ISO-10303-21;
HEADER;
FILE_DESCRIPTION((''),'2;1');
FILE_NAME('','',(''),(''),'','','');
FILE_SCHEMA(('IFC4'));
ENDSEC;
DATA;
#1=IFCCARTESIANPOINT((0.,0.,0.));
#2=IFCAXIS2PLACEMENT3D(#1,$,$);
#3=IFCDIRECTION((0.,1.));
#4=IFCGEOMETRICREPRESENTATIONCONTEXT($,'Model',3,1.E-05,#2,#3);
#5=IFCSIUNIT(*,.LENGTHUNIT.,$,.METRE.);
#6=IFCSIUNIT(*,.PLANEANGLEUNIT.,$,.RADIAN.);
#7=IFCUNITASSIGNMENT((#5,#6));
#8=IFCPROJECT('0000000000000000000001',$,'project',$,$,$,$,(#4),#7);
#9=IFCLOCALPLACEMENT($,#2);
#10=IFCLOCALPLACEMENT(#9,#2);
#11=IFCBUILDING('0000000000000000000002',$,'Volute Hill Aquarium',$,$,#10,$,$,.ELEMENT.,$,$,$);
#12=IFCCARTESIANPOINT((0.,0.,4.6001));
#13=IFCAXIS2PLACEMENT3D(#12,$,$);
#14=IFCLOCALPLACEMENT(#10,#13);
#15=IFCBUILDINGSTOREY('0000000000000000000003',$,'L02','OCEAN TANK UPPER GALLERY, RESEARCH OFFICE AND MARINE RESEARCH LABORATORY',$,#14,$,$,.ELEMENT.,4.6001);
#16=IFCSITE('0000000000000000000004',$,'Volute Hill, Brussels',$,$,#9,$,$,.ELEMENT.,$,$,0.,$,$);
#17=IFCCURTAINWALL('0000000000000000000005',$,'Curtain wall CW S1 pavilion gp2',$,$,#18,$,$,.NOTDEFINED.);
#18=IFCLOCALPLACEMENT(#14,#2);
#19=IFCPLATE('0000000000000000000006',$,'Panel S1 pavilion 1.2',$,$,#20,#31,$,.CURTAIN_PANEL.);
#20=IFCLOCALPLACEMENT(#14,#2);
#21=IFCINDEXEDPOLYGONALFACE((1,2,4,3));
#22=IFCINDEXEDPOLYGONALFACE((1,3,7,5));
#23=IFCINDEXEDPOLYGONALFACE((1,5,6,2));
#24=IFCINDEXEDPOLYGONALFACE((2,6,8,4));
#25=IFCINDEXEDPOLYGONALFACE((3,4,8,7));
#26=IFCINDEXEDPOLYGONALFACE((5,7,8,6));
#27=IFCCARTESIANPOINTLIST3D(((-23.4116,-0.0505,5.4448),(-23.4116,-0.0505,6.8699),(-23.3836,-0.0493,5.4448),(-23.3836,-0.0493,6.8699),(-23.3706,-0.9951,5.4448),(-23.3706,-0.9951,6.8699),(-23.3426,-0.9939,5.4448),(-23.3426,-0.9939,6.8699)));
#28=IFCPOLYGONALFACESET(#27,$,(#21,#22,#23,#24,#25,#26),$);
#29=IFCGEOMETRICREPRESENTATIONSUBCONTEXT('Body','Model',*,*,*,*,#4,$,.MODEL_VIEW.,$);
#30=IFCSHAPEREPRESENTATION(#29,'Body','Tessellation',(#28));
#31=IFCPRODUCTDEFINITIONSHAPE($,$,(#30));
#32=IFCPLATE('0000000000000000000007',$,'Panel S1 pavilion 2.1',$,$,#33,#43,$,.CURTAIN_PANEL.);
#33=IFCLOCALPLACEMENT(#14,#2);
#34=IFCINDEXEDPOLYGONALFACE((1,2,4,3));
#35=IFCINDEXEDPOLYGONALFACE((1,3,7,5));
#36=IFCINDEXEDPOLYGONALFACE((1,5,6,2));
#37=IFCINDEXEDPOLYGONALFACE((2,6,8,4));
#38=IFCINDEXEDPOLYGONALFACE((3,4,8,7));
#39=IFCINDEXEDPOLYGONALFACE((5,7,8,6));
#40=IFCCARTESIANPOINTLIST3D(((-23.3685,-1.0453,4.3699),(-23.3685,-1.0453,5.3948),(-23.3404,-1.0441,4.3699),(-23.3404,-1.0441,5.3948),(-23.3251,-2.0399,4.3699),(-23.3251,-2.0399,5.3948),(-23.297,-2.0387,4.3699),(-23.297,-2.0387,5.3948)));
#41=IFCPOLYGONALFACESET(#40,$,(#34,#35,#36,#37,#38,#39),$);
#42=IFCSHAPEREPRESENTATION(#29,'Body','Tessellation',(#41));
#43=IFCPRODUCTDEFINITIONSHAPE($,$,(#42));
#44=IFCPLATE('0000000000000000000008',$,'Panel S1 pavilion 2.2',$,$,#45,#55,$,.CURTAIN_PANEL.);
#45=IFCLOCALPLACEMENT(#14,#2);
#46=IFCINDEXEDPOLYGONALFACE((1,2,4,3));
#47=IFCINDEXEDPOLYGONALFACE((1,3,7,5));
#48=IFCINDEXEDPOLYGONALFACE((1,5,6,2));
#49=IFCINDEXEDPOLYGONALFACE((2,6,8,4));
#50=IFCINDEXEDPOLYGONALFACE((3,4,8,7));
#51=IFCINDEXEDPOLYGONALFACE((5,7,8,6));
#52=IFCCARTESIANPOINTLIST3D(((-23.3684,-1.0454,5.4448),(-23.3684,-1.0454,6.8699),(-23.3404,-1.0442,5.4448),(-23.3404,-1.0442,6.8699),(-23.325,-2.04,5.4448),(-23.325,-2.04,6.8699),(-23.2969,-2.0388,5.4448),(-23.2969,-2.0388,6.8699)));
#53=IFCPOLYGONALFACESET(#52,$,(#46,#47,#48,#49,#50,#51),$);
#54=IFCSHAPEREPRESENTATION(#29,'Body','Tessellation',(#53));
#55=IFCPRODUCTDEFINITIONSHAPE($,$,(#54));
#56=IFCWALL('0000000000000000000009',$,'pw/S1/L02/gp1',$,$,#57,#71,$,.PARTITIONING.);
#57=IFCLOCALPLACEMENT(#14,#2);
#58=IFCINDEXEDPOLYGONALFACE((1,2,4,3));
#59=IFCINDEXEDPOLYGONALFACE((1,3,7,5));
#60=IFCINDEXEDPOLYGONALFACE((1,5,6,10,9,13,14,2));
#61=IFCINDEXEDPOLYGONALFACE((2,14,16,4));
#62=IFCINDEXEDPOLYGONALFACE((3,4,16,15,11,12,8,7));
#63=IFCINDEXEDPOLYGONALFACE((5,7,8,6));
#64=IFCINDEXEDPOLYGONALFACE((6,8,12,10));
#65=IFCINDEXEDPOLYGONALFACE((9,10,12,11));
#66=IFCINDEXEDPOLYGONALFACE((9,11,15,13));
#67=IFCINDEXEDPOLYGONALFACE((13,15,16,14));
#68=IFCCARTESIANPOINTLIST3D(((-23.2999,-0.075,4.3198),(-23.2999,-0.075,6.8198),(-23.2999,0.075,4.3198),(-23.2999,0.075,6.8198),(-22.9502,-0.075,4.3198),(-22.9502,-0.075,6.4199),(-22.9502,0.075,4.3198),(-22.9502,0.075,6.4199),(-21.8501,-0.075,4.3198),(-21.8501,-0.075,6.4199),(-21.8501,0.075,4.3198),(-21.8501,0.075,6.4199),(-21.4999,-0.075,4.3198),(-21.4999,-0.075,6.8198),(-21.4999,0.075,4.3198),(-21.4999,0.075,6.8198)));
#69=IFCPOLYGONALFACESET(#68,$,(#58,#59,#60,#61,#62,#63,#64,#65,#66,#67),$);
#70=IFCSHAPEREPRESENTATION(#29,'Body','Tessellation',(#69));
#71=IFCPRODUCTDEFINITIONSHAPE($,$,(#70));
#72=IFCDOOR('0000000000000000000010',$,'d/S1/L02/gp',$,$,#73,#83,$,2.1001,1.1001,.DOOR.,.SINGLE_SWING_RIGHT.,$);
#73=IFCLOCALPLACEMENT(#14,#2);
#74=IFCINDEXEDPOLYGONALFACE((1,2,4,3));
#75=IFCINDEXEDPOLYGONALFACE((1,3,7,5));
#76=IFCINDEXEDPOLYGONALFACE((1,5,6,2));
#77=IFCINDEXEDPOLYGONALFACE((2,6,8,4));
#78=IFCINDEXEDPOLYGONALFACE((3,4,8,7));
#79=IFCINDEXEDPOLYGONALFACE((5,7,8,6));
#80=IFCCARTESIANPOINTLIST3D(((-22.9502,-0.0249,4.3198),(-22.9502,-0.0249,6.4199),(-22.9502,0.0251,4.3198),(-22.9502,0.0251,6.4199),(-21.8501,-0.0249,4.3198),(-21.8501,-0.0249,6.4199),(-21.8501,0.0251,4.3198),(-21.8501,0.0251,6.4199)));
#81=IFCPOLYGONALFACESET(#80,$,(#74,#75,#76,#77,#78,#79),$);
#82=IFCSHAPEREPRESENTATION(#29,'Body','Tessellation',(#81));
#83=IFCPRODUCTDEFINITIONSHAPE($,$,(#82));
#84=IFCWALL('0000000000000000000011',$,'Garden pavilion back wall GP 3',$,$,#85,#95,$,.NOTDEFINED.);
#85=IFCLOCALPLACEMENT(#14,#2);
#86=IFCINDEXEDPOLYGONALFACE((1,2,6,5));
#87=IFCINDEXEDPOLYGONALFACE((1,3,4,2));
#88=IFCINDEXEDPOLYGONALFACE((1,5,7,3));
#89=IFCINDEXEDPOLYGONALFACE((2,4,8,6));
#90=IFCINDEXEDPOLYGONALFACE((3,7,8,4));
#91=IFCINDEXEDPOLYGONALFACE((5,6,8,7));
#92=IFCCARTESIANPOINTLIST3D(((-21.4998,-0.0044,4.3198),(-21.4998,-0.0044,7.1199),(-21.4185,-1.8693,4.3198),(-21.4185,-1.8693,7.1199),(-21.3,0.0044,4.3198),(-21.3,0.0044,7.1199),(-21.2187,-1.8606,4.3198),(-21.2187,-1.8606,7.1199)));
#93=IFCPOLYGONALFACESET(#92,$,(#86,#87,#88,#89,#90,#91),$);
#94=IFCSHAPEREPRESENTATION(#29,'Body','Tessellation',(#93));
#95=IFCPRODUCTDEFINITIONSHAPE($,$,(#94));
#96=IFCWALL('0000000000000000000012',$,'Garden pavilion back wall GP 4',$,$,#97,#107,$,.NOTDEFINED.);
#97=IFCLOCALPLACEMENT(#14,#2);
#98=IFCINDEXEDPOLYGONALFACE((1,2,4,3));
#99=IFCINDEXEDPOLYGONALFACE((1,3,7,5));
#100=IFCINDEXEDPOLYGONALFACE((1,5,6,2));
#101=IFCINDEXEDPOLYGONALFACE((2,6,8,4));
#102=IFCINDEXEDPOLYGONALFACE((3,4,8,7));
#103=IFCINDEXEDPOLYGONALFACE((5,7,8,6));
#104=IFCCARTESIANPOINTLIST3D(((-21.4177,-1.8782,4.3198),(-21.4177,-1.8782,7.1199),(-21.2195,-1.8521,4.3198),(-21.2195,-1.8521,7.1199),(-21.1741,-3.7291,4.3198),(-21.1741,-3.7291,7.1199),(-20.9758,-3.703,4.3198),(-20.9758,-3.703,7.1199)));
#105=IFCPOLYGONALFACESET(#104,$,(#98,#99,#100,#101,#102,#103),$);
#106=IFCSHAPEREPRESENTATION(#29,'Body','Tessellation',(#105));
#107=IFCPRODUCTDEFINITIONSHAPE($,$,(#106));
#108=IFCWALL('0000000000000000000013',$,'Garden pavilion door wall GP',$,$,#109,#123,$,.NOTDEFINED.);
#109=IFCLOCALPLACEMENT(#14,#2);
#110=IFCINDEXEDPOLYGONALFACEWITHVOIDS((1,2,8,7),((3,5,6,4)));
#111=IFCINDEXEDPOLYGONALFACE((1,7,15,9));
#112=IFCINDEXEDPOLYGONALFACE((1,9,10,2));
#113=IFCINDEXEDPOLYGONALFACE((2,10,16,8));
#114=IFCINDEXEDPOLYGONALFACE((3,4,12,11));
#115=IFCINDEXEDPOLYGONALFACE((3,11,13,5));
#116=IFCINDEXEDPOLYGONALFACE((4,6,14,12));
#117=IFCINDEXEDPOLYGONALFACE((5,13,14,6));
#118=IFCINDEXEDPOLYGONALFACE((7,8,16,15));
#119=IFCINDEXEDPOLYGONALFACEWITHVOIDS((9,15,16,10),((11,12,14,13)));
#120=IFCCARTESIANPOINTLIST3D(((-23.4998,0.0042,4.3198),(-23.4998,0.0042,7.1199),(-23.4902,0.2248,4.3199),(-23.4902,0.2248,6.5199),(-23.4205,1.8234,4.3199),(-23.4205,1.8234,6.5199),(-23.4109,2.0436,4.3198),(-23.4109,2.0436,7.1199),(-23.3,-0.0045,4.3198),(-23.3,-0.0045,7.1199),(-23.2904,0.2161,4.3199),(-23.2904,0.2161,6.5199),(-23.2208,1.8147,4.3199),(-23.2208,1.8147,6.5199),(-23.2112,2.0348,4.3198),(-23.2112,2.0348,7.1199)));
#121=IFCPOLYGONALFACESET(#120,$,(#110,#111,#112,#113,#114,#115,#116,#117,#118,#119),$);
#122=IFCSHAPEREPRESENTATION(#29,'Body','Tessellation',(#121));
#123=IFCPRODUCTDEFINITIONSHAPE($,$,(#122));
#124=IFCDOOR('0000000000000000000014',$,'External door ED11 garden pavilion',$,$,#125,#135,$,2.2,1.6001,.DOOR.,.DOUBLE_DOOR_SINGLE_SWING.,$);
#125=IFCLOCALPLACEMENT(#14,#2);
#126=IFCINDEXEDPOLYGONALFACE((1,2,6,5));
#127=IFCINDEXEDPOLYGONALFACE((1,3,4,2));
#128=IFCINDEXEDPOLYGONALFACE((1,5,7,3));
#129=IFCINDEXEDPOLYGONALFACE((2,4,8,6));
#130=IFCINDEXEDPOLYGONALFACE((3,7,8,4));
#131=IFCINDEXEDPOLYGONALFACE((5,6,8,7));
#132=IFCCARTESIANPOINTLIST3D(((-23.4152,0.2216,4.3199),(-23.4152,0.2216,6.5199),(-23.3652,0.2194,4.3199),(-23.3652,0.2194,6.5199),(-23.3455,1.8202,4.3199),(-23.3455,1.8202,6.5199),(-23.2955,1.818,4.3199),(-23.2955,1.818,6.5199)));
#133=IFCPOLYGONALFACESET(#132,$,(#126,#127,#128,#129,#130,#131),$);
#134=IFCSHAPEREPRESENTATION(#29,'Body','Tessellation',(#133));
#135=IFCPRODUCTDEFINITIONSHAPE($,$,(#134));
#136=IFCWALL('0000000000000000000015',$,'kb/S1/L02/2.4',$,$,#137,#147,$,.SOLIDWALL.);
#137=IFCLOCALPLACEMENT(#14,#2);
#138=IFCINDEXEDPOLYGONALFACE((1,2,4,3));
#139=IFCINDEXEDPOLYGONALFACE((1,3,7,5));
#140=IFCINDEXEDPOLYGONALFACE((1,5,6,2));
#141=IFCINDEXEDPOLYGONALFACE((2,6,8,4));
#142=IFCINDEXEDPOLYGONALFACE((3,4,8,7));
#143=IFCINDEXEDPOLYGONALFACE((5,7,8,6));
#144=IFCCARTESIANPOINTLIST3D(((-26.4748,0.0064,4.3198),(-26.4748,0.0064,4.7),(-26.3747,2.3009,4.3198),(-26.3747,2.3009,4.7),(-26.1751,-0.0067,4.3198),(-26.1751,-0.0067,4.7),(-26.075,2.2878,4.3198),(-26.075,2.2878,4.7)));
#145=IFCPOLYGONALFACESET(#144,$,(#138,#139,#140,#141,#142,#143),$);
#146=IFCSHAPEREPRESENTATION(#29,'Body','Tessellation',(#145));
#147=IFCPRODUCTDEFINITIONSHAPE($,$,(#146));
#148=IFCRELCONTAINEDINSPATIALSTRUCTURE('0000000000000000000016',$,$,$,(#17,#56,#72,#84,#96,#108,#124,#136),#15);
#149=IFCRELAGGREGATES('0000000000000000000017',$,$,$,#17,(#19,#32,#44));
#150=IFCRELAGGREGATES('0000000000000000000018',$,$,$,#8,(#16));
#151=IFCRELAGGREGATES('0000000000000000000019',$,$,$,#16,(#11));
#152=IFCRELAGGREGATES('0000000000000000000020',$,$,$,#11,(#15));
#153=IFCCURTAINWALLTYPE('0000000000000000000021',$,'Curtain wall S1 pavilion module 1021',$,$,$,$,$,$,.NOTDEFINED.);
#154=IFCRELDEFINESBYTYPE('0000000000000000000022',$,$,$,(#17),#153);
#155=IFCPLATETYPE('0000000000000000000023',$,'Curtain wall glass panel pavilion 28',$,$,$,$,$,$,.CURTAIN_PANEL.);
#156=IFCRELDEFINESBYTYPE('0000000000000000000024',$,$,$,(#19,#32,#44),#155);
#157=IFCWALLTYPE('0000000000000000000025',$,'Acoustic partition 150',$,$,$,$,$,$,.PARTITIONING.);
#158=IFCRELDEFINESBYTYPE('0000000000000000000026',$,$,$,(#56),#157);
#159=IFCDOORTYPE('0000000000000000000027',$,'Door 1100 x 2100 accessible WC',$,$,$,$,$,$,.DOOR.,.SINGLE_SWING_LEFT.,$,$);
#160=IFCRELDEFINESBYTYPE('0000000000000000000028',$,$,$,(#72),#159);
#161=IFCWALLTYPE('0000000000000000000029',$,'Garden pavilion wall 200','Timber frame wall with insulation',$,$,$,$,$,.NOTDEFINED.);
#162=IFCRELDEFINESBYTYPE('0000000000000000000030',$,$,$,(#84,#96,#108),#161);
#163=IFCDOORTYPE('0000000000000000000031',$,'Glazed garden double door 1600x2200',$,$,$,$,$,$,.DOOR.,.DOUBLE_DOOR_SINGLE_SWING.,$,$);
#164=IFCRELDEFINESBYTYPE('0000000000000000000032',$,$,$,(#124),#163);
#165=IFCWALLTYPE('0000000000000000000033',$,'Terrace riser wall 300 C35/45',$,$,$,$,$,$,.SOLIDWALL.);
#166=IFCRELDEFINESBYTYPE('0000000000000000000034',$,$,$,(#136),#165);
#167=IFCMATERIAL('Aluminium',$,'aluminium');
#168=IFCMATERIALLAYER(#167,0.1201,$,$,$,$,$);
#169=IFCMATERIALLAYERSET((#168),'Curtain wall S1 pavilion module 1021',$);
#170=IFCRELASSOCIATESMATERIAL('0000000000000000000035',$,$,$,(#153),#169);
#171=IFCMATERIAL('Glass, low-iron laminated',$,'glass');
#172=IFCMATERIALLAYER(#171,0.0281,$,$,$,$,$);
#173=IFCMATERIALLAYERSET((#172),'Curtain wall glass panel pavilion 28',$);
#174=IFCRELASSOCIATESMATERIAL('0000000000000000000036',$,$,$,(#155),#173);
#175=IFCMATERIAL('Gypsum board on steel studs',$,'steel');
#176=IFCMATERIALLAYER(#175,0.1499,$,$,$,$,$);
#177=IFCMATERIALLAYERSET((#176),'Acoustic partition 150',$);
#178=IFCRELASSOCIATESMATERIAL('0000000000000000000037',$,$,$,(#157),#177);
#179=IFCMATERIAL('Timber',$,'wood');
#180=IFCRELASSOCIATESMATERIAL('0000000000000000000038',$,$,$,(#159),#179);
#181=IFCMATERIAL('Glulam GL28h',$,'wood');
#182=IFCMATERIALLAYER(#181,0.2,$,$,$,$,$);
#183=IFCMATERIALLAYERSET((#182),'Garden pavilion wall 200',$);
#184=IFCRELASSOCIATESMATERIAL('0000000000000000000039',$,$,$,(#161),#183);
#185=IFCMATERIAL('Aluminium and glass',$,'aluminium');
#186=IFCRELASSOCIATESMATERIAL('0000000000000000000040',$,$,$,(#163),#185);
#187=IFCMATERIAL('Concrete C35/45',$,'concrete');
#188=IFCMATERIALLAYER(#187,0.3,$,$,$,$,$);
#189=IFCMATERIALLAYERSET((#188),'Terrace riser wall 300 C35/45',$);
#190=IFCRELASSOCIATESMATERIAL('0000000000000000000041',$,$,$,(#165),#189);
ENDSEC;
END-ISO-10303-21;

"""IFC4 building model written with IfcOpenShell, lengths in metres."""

from ifc_helpers import new_model, si_unit, direction, frame, frame_2d, origin, origin_2d, place, context, subcontext, project, spatial, polyline, rectangle, outline, extrude, material, layer, layer_set, type_object, element, fill, aggregate, save


model = new_model("IFC4")

# Units and contexts
model_context = context("Model", 3, precision=1e-05, world=origin(), true_north=direction((0.0, 1.0)))
body_context = subcontext(model_context, "Body", "Model", "MODEL_VIEW")
ifc_project = project(units=[si_unit("LENGTHUNIT", "METRE"), si_unit("PLANEANGLEUNIT", "RADIAN")], contexts=[model_context])

# Site, building, storey
site_placement = place(None, origin())
site = spatial("IfcSite", under=ifc_project, at=site_placement, Name="Volute Hill, Brussels", CompositionType="ELEMENT", RefElevation=0.0)
building_placement = place(site_placement, origin())
building = spatial("IfcBuilding", under=site, at=building_placement, Name="Volute Hill Aquarium", CompositionType="ELEMENT")
storey_placement = place(building_placement, frame((0.0, 0.0, 4.6001)))
storey = spatial("IfcBuildingStorey", under=building, at=storey_placement, Name="L02", Description="OCEAN TANK UPPER GALLERY, RESEARCH OFFICE AND MARINE RESEARCH LABORATORY", CompositionType="ELEMENT", Elevation=4.6001)

# Curtain wall
ifc_material_1 = material(Name="Aluminium", Category="aluminium")
ifc_layer_1 = layer(ifc_material_1, 0.1201)
ifc_layer_set_1 = layer_set([ifc_layer_1], Name="Curtain wall S1 pavilion module 1021")
curtain_wall_type = type_object("IfcCurtainWallType", Name="Curtain wall S1 pavilion module 1021", PredefinedType="NOTDEFINED", material=ifc_layer_set_1)
curtain_wall_1_placement = place(storey_placement, origin())
curtain_wall_1 = element("IfcCurtainWall", 1, at=curtain_wall_1_placement, inside=storey, type_object=curtain_wall_type, Name="Curtain wall CW S1 pavilion gp2", PredefinedType="NOTDEFINED")

# Shared definitions
ifc_material_2 = material(Name="Glass, low-iron laminated", Category="glass")
ifc_layer_2 = layer(ifc_material_2, 0.0281)
ifc_layer_set_2 = layer_set([ifc_layer_2], Name="Curtain wall glass panel pavilion 28")
plate_type = type_object("IfcPlateType", Name="Curtain wall glass panel pavilion 28", PredefinedType="CURTAIN_PANEL", material=ifc_layer_set_2)

# Plates
plate_1_placement = place(storey_placement, frame((-23.4116, -0.0505, 5.4448), z_axis=(-0.999059, -0.043381, 0.0), x_axis=(0.043381, -0.999059, 0.0)))
plate_1 = element("IfcPlate", 2, at=plate_1_placement, type_object=plate_type, Name="Panel S1 pavilion 1.2", PredefinedType="CURTAIN_PANEL", context=body_context, shape_type="SweptSolid", body=[
    extrude(outline(polyline([(0.0, 0.0), (0.9455, 0.0), (0.9455, 1.425), (0.0, 1.425), (0.0, 0.0)])), origin(), (0.0, 0.0, -1.0), 0.0281),
])
plate_2_placement = place(storey_placement, frame((-23.3328, -1.542, 4.3699), z_axis=(0.0, 0.0, 1.0), x_axis=(0.043599, -0.999049, 0.0)))
plate_2 = element("IfcPlate", 3, at=plate_2_placement, type_object=plate_type, Name="Panel S1 pavilion 2.1", PredefinedType="CURTAIN_PANEL", context=body_context, shape_type="SweptSolid", body=[
    extrude(rectangle(XDim=0.9956, YDim=0.0281, at=origin_2d()), origin(), (0.0, 0.0, 1.0), 1.0249),
])
plate_3_placement = place(storey_placement, frame((-23.3684, -1.0454, 5.4448), z_axis=(-0.999047, -0.04365, 0.0), x_axis=(0.04365, -0.999047, 0.0)))
plate_3 = element("IfcPlate", 4, at=plate_3_placement, type_object=plate_type, Name="Panel S1 pavilion 2.2", PredefinedType="CURTAIN_PANEL", context=body_context, shape_type="SweptSolid", body=[
    extrude(outline(polyline([(0.0, 0.0), (0.9956, 0.0), (0.9956, 1.425), (0.0, 1.425), (0.0, 0.0)])), origin(), (0.0, 0.0, -1.0), 0.0281),
])
aggregate(curtain_wall_1, [plate_1, plate_2, plate_3])

# Wall, opening, door
ifc_material_3 = material(Name="Gypsum board on steel studs", Category="steel")
ifc_layer_3 = layer(ifc_material_3, 0.1499)
ifc_layer_set_3 = layer_set([ifc_layer_3], Name="Acoustic partition 150")
wall_type_1 = type_object("IfcWallType", Name="Acoustic partition 150", PredefinedType="PARTITIONING", material=ifc_layer_set_3)
wall_1_placement = place(storey_placement, frame((-21.5, 0.0, 4.3198), z_axis=(0.0, 0.0, 1.0), x_axis=(-1.0, 0.0, 0.0)))
wall_1 = element("IfcWall", 5, at=wall_1_placement, inside=storey, type_object=wall_type_1, Name="pw/S1/L02/gp1", PredefinedType="PARTITIONING", context=body_context, shape_type="SweptSolid", body=[
    extrude(rectangle(XDim=1.8, YDim=0.1499, at=frame_2d((0.8999, 0.0))), origin(), (0.0, 0.0, 1.0), 2.5),
])
opening_1_placement = place(wall_1_placement, frame((0.3501, 0.0, 0.0)))
opening_1 = element("IfcOpeningElement", 6, at=opening_1_placement, cuts=wall_1, PredefinedType="OPENING", context=body_context, shape_type="SweptSolid", body=[
    extrude(rectangle(XDim=1.1001, YDim=2.1001, at=frame_2d((0.55, 1.05))), frame((0.0, 0.085, 0.0), z_axis=(0.0, -1.0, 0.0), x_axis=(1.0, 0.0, 0.0)), (0.0, 0.0, 1.0), 0.1699),
])
ifc_material_4 = material(Name="Timber", Category="wood")
door_type_1 = type_object("IfcDoorType", Name="Door 1100 x 2100 accessible WC", OperationType="SINGLE_SWING_LEFT", PredefinedType="DOOR", material=ifc_material_4)
door_1_placement = place(opening_1_placement, origin())
door_1 = element("IfcDoor", 7, at=door_1_placement, inside=storey, type_object=door_type_1, Name="d/S1/L02/gp", OperationType="SINGLE_SWING_RIGHT", OverallHeight=2.1001, OverallWidth=1.1001, PredefinedType="DOOR", context=body_context, shape_type="SweptSolid", body=[
    extrude(rectangle(XDim=1.1001, YDim=2.1001, at=frame_2d((0.55, 1.05))), frame((0.0, 0.0249, 0.0), z_axis=(0.0, -1.0, 0.0), x_axis=(1.0, 0.0, 0.0)), (0.0, 0.0, 1.0), 0.05),
])
fill(opening_1, door_1)

# Walls
ifc_material_5 = material(Name="Glulam GL28h", Category="wood")
ifc_layer_4 = layer(ifc_material_5, 0.2)
ifc_layer_set_4 = layer_set([ifc_layer_4], Name="Garden pavilion wall 200")
wall_type_2 = type_object("IfcWallType", Name="Garden pavilion wall 200", Description="Timber frame wall with insulation", PredefinedType="NOTDEFINED", material=ifc_layer_set_4)
wall_2_placement = place(storey_placement, frame((-21.3999, 0.0, 4.3198), z_axis=(0.0, 0.0, 1.0), x_axis=(0.043551, -0.999051, 0.0)))
element("IfcWall", 8, at=wall_2_placement, inside=storey, type_object=wall_type_2, Name="Garden pavilion back wall GP 3", PredefinedType="NOTDEFINED", context=body_context, shape_type="SweptSolid", body=[
    extrude(rectangle(XDim=1.8667, YDim=0.2, at=frame_2d((0.9333, 0.0))), origin(), (0.0, 0.0, 1.0), 2.8),
])
wall_3_placement = place(storey_placement, frame((-21.3186, -1.865, 4.3198), z_axis=(0.0, 0.0, 1.0), x_axis=(0.130502, -0.991448, 0.0)))
element("IfcWall", 9, at=wall_3_placement, inside=storey, type_object=wall_type_2, Name="Garden pavilion back wall GP 4", PredefinedType="NOTDEFINED", context=body_context, shape_type="SweptSolid", body=[
    extrude(rectangle(XDim=1.8669, YDim=0.2, at=frame_2d((0.9336, 0.0))), origin(), (0.0, 0.0, 1.0), 2.8),
])

# Wall, opening, door
wall_4_placement = place(storey_placement, frame((-23.3999, 0.0, 4.3198), z_axis=(0.0, 0.0, 1.0), x_axis=(0.043536, 0.999052, 0.0)))
wall_4 = element("IfcWall", 10, at=wall_4_placement, inside=storey, type_object=wall_type_2, Name="Garden pavilion door wall GP", PredefinedType="NOTDEFINED", context=body_context, shape_type="SweptSolid", body=[
    extrude(rectangle(XDim=2.0413, YDim=0.2, at=frame_2d((1.0205, 0.0))), origin(), (0.0, 0.0, 1.0), 2.8),
])
opening_2_placement = place(wall_4_placement, frame((0.2207, 0.0, 0.0)))
opening_2 = element("IfcOpeningElement", 11, at=opening_2_placement, cuts=wall_4, PredefinedType="OPENING", context=body_context, shape_type="SweptSolid", body=[
    extrude(rectangle(XDim=1.6001, YDim=2.2, at=frame_2d((0.8, 1.1001))), frame((0.0, 0.1099, 0.0), z_axis=(0.0, -1.0, 0.0), x_axis=(1.0, 0.0, 0.0)), (0.0, 0.0, 1.0), 0.22),
])
ifc_material_6 = material(Name="Aluminium and glass", Category="aluminium")
door_type_2 = type_object("IfcDoorType", Name="Glazed garden double door 1600x2200", OperationType="DOUBLE_DOOR_SINGLE_SWING", PredefinedType="DOOR", material=ifc_material_6)
door_2_placement = place(opening_2_placement, origin())
door_2 = element("IfcDoor", 12, at=door_2_placement, inside=storey, type_object=door_type_2, Name="External door ED11 garden pavilion", OperationType="DOUBLE_DOOR_SINGLE_SWING", OverallHeight=2.2, OverallWidth=1.6001, PredefinedType="DOOR", context=body_context, shape_type="SweptSolid", body=[
    extrude(rectangle(XDim=1.6001, YDim=2.2, at=frame_2d((0.8, 1.1001))), frame((0.0, 0.0249, 0.0), z_axis=(0.0, -1.0, 0.0), x_axis=(1.0, 0.0, 0.0)), (0.0, 0.0, 1.0), 0.05),
])
fill(opening_2, door_2)

# Wall
ifc_material_7 = material(Name="Concrete C35/45", Category="concrete")
ifc_layer_5 = layer(ifc_material_7, 0.3)
ifc_layer_set_5 = layer_set([ifc_layer_5], Name="Terrace riser wall 300 C35/45")
wall_type_3 = type_object("IfcWallType", Name="Terrace riser wall 300 C35/45", PredefinedType="SOLIDWALL", material=ifc_layer_set_5)
wall_5_placement = place(storey_placement, frame((-26.2249, 2.2944, 4.3198), z_axis=(0.0, 0.0, 1.0), x_axis=(-0.043585, -0.99905, 0.0)))
element("IfcWall", 13, at=wall_5_placement, inside=storey, type_object=wall_type_3, Name="kb/S1/L02/2.4", PredefinedType="SOLIDWALL", context=body_context, shape_type="SweptSolid", body=[
    extrude(rectangle(XDim=2.2966, YDim=0.3, at=frame_2d((1.1484, 0.0))), origin(), (0.0, 0.0, 1.0), 0.3801),
])

save(model, "model.ifc")
